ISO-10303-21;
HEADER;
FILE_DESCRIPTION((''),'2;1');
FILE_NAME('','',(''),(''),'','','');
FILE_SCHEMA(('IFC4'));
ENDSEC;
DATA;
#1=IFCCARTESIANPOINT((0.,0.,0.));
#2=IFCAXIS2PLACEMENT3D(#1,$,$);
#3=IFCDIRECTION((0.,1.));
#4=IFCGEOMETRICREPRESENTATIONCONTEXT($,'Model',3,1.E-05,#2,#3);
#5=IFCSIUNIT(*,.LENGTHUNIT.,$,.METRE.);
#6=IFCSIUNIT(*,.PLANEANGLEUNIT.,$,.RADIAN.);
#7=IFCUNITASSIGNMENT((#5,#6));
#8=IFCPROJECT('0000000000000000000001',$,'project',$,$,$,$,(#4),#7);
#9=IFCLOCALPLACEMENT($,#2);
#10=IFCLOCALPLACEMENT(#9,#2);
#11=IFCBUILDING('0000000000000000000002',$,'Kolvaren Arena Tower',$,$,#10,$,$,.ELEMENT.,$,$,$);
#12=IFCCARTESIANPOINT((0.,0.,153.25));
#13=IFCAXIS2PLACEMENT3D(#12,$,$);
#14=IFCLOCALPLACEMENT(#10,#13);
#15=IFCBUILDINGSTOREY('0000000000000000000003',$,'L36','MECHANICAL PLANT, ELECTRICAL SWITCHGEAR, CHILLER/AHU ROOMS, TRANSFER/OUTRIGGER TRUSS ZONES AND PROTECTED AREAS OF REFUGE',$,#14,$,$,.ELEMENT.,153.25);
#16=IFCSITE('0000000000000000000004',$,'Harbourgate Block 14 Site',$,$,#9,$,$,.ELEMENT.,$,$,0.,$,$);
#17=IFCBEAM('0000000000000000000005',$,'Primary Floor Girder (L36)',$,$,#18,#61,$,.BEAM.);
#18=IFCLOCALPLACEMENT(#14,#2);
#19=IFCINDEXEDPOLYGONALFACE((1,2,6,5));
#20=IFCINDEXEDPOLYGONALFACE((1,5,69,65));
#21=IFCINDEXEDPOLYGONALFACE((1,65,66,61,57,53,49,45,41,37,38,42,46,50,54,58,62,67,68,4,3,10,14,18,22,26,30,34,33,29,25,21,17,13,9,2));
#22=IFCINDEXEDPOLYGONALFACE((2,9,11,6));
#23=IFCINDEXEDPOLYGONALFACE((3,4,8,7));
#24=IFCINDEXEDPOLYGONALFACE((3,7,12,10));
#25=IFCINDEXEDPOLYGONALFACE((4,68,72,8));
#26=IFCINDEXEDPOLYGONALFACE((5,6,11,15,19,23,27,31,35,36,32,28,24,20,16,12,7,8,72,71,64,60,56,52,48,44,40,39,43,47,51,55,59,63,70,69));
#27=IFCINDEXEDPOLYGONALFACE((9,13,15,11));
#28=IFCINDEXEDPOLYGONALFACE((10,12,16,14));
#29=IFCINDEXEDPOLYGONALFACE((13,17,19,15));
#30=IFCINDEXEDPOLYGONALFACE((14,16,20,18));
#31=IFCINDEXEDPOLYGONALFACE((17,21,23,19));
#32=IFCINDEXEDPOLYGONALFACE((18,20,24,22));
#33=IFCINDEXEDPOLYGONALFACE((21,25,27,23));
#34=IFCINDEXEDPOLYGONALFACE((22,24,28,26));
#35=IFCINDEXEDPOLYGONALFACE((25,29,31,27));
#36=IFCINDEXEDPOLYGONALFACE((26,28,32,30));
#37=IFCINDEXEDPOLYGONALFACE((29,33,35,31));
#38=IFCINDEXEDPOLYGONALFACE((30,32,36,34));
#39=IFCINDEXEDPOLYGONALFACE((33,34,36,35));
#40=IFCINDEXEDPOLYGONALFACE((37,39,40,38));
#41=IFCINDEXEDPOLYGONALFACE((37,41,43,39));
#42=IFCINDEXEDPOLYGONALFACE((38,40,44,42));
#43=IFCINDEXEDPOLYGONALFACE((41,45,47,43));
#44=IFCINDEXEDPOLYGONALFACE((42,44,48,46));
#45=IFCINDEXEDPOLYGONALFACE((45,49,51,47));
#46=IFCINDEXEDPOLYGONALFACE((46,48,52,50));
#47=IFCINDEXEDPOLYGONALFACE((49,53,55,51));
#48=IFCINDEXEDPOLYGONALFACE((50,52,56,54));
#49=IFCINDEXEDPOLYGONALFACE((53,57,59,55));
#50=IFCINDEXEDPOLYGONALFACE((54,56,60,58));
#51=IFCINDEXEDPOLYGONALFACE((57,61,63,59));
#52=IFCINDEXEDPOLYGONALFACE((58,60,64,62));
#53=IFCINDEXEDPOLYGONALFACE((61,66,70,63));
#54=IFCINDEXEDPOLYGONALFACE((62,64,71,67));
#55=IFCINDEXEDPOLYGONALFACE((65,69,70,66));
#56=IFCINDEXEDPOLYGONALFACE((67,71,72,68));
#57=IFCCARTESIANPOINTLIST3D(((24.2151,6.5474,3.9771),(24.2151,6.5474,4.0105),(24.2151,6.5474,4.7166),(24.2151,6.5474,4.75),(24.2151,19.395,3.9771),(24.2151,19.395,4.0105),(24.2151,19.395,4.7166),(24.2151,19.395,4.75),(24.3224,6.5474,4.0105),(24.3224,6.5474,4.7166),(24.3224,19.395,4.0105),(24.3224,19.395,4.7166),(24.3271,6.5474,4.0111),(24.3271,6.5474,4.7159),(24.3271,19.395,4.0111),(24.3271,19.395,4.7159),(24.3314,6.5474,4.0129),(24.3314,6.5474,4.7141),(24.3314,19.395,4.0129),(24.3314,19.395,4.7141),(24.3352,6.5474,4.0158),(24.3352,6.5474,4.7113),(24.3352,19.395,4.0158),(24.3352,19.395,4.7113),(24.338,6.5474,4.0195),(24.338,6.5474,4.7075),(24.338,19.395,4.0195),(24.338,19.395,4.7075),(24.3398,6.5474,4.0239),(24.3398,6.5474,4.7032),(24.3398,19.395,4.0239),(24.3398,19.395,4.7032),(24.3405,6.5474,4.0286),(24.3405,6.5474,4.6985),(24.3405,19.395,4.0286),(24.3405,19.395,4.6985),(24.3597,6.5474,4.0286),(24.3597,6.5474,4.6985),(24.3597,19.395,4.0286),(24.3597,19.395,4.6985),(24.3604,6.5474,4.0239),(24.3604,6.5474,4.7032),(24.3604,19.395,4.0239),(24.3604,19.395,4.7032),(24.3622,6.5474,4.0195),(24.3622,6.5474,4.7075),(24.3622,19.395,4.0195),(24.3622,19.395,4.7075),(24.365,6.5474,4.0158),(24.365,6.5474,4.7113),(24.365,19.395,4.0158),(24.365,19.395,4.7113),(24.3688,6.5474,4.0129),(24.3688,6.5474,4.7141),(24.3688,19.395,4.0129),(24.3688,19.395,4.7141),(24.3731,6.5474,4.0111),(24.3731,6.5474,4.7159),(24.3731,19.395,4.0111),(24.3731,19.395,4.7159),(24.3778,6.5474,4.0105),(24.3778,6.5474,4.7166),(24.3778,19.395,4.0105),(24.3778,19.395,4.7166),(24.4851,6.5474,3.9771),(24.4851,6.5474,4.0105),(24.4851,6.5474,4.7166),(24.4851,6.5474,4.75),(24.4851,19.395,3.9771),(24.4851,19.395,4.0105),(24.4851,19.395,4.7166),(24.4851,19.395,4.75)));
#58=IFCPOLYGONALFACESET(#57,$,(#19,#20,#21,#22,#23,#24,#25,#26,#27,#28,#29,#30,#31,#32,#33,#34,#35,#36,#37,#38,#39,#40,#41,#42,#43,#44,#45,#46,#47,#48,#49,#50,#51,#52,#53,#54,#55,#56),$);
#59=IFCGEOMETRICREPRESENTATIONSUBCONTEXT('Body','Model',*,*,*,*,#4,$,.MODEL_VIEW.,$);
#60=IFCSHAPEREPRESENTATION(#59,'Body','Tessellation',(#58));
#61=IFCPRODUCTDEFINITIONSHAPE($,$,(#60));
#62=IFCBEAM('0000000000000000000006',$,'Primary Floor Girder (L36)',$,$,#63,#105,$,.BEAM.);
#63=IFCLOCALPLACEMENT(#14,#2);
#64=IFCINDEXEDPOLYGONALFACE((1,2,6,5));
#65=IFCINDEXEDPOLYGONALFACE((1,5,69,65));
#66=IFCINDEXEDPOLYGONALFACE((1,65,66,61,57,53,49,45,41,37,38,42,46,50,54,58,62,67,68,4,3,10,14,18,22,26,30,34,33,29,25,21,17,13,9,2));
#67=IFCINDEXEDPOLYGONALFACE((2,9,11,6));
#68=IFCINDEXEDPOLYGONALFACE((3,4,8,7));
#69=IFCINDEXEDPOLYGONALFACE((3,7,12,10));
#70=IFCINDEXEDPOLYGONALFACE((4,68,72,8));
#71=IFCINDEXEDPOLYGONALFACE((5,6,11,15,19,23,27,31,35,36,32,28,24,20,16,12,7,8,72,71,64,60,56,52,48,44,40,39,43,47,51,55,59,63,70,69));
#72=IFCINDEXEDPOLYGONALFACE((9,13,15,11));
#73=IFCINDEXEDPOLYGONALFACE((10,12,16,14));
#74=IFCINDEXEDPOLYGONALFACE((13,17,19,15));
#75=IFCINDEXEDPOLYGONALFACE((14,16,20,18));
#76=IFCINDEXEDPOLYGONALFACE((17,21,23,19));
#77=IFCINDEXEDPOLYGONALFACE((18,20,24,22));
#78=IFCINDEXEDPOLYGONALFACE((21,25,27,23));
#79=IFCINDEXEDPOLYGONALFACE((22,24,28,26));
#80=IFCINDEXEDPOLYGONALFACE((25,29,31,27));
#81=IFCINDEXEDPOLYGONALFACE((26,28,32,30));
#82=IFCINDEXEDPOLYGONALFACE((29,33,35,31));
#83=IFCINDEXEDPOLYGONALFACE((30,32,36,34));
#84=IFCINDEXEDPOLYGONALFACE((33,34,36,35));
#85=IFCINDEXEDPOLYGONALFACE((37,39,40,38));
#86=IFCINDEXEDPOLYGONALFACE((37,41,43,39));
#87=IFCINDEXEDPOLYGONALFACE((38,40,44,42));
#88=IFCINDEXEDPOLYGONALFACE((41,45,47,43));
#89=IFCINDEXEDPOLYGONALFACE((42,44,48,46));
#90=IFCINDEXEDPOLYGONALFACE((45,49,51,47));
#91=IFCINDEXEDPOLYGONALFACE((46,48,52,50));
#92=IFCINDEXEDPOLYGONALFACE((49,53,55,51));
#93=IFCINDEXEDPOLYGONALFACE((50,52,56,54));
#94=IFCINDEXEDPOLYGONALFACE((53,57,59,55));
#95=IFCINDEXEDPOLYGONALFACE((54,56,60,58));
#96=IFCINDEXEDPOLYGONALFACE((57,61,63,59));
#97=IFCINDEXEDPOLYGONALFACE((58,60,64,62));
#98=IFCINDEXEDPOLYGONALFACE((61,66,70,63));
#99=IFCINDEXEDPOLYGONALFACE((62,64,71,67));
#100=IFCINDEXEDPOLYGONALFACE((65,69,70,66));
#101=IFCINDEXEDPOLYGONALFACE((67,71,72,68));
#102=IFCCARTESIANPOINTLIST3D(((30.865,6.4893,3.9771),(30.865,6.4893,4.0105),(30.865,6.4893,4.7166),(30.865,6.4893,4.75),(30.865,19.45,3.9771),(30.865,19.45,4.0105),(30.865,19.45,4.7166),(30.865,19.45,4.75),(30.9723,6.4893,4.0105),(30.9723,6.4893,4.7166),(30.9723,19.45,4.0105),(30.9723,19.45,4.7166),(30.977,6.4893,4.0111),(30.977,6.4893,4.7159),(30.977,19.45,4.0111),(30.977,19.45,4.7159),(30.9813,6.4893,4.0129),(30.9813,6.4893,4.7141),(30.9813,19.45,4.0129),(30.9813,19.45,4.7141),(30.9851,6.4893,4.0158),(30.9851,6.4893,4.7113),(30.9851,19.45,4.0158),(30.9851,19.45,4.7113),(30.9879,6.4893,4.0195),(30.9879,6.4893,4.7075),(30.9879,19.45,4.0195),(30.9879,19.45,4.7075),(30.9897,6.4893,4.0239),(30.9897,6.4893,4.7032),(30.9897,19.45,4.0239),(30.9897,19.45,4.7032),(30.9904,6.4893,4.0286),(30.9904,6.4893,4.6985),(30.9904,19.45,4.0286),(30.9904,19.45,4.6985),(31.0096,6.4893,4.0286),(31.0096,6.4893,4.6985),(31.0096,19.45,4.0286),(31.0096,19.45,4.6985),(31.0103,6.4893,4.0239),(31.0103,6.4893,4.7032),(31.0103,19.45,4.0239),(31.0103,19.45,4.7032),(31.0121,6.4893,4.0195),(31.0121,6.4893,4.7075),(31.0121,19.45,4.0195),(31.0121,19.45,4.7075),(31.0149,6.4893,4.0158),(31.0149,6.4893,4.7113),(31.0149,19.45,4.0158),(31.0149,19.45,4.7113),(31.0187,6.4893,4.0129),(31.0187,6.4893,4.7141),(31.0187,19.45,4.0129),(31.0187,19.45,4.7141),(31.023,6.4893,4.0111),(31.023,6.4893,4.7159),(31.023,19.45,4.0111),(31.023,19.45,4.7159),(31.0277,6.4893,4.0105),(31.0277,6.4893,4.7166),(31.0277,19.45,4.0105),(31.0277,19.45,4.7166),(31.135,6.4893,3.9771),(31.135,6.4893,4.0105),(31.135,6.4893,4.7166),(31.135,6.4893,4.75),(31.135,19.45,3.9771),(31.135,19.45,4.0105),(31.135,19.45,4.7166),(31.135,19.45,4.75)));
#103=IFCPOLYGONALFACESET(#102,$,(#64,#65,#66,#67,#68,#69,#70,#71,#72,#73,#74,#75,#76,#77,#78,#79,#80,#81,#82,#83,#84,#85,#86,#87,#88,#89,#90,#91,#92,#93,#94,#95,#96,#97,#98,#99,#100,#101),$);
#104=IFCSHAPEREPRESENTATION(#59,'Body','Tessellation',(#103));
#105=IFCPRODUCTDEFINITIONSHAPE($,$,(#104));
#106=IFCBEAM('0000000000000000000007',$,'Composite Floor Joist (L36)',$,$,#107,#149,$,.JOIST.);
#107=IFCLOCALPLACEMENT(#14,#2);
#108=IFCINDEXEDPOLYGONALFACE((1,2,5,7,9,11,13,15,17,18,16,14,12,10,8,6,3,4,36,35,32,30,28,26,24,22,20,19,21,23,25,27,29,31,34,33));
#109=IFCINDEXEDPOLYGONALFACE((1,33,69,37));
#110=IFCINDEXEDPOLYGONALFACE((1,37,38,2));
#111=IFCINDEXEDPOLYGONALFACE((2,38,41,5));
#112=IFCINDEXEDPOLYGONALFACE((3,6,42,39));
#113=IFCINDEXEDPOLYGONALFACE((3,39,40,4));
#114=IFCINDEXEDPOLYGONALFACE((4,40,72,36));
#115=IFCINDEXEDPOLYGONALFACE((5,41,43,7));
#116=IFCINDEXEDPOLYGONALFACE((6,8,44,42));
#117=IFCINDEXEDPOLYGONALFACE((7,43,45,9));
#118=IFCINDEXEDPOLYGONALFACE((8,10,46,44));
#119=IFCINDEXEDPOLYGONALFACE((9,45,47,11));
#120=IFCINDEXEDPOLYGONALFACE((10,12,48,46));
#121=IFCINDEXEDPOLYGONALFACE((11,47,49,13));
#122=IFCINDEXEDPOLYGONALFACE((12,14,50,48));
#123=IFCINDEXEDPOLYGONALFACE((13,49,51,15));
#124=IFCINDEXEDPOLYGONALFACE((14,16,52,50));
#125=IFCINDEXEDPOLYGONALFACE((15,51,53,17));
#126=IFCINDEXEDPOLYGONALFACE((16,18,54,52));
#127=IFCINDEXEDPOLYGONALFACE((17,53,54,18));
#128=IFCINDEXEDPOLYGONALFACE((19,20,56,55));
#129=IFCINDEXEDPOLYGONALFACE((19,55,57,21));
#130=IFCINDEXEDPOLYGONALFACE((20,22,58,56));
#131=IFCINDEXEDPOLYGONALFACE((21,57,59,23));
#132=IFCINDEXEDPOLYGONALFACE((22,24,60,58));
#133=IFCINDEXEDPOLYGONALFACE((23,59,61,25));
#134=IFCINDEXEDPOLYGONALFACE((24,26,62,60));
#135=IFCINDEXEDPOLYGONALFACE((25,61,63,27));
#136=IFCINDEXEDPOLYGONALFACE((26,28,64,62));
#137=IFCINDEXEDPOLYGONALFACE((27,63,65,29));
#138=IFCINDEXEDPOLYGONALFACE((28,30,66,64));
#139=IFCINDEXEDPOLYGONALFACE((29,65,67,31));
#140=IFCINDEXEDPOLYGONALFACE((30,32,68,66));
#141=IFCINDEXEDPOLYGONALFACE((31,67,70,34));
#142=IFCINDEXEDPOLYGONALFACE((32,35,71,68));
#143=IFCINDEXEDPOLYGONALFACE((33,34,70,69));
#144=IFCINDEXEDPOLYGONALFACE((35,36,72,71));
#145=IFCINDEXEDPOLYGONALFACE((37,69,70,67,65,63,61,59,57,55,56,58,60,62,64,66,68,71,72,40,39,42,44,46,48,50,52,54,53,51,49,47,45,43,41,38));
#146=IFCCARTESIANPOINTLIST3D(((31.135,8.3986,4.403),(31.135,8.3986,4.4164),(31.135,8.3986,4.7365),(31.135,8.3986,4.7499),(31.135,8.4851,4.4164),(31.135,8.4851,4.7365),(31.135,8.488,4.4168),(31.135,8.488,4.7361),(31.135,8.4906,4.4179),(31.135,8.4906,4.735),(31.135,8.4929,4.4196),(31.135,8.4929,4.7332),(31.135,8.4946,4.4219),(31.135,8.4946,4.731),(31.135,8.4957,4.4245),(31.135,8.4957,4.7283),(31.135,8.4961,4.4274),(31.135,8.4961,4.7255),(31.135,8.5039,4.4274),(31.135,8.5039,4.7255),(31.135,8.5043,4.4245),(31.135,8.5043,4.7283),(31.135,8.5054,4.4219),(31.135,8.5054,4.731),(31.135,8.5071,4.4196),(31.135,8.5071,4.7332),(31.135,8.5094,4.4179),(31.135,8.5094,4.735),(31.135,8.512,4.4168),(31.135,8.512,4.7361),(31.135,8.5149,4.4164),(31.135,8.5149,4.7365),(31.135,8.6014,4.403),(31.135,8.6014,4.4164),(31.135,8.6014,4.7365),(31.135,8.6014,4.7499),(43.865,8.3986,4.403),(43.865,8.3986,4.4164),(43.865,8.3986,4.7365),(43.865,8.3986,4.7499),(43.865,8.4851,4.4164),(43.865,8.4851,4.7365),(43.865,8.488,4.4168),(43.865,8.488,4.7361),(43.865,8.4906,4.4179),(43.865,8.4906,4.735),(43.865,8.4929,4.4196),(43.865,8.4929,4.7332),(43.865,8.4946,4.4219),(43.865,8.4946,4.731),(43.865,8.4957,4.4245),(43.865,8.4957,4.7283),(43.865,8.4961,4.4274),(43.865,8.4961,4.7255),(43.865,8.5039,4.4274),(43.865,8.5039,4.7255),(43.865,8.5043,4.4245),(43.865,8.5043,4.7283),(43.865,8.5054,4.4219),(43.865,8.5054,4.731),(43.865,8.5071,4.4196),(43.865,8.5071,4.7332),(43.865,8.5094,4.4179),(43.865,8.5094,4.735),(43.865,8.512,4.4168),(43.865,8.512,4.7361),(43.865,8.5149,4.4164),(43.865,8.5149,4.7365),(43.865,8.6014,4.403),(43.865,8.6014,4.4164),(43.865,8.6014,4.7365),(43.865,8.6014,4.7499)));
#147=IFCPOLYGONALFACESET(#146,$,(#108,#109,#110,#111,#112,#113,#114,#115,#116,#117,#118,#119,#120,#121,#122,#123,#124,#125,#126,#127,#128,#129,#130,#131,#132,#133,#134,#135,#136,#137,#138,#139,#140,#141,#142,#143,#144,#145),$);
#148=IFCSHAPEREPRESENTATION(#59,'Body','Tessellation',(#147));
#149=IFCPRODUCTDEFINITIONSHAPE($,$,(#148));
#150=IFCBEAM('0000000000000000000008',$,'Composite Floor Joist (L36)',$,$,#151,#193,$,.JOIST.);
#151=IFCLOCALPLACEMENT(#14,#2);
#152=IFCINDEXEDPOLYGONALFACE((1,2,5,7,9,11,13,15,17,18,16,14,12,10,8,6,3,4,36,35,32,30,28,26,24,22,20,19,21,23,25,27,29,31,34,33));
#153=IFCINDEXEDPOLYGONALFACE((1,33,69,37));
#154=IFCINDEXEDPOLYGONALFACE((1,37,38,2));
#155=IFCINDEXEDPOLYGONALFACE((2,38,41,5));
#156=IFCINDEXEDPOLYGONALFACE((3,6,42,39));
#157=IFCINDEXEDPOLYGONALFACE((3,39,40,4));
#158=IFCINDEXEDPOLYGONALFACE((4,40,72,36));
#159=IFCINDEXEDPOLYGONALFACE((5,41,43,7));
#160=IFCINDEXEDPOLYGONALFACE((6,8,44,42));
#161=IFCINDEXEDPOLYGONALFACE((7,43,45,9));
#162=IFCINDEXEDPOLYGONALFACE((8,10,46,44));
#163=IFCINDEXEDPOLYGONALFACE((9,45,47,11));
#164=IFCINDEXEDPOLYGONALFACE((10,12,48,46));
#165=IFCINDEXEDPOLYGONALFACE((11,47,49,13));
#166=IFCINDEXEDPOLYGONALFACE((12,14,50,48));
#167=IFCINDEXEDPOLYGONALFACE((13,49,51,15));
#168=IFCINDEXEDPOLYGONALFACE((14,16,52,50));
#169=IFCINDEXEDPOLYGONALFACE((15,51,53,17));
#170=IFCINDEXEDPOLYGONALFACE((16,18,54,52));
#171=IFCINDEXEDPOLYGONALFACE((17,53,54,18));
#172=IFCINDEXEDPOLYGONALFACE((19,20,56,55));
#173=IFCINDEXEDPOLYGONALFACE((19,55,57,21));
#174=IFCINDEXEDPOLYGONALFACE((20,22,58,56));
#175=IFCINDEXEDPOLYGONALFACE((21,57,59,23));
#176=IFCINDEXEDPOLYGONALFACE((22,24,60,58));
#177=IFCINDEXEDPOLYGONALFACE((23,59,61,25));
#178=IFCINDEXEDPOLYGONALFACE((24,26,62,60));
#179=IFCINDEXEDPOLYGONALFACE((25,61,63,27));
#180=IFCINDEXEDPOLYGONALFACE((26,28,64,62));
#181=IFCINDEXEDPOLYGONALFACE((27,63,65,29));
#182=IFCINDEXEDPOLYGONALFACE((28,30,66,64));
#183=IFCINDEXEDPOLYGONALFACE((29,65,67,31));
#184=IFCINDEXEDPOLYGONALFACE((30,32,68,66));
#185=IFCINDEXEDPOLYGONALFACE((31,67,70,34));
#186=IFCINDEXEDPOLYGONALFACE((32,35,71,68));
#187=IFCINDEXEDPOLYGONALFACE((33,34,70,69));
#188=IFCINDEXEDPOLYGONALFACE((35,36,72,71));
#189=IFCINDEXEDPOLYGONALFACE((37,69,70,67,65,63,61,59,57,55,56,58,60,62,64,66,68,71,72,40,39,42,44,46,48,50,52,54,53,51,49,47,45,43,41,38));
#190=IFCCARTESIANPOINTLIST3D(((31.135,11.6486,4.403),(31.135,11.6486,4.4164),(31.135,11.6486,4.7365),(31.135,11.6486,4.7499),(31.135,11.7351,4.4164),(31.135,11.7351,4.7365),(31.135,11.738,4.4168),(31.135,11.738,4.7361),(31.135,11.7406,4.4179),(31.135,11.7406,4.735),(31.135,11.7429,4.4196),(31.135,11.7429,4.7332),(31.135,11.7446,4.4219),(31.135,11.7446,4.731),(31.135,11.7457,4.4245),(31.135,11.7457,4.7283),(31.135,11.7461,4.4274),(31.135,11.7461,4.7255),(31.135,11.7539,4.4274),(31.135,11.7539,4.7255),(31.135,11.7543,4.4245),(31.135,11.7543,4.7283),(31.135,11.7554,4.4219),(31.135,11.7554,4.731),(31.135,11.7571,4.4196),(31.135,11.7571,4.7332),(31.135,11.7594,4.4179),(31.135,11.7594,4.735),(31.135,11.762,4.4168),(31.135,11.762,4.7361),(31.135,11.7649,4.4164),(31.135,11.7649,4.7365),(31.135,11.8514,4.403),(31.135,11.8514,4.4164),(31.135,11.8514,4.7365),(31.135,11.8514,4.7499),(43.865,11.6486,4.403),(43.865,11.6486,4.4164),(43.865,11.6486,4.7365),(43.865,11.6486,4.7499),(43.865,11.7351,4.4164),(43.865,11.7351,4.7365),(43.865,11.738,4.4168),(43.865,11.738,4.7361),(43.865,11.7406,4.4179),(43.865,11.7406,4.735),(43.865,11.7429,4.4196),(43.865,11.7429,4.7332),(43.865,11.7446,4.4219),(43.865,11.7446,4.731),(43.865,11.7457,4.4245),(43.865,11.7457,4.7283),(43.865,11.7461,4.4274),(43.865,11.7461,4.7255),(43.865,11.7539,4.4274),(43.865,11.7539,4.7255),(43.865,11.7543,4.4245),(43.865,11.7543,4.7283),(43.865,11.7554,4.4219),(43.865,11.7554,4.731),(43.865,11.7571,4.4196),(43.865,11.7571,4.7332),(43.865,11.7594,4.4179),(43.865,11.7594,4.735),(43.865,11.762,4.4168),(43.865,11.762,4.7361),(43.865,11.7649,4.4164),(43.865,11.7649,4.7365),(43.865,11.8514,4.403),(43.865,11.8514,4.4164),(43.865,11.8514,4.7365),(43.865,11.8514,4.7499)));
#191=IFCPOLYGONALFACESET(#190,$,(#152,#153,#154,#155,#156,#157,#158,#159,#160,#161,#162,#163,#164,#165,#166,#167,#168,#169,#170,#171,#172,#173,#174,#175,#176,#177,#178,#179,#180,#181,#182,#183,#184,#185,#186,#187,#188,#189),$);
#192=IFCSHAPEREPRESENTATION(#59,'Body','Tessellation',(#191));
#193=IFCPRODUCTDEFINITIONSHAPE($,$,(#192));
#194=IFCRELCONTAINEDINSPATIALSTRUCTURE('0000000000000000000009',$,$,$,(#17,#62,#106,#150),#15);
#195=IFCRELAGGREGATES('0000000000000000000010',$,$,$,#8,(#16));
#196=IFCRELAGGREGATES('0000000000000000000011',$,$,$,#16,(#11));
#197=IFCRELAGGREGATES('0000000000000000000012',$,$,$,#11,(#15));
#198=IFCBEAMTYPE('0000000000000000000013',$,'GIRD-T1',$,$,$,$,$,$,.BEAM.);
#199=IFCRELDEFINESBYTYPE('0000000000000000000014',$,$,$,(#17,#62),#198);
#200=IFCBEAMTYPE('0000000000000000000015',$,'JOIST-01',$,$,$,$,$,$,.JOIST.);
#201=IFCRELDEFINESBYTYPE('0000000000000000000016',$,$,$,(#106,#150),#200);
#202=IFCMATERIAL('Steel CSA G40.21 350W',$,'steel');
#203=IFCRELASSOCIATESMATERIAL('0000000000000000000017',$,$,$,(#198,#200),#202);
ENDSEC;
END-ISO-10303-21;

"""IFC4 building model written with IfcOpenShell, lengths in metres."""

from ifc_helpers import new_model, si_unit, direction, frame, origin, origin_2d, place, context, subcontext, project, spatial, i_section, extrude, material, material_profile, profile_set, type_object, element, save


model = new_model("IFC4")

# Units and contexts
model_context = context("Model", 3, precision=1e-05, world=origin(), true_north=direction((0.0, 1.0)))
body_context = subcontext(model_context, "Body", "Model", "MODEL_VIEW")
ifc_project = project(units=[si_unit("LENGTHUNIT", "METRE"), si_unit("PLANEANGLEUNIT", "RADIAN")], contexts=[model_context])

# Site, building, storey
site_placement = place(None, origin())
site = spatial("IfcSite", under=ifc_project, at=site_placement, Name="Harbourgate Block 14 Site", CompositionType="ELEMENT", RefElevation=0.0)
building_placement = place(site_placement, origin())
building = spatial("IfcBuilding", under=site, at=building_placement, Name="Kolvaren Arena Tower", CompositionType="ELEMENT")
storey_placement = place(building_placement, frame((0.0, 0.0, 153.25)))
storey = spatial("IfcBuildingStorey", under=building, at=storey_placement, Name="L36", Description="MECHANICAL PLANT, ELECTRICAL SWITCHGEAR, CHILLER/AHU ROOMS, TRANSFER/OUTRIGGER TRUSS ZONES AND PROTECTED AREAS OF REFUGE", CompositionType="ELEMENT", Elevation=153.25)

# Shared definitions
ifc_material_1 = material(Name="Steel CSA G40.21 350W", Category="steel")

# Beams
ifc_material_profile_1 = material_profile(ifc_material_1, i_section(OverallWidth=0.27, OverallDepth=0.7729, WebThickness=0.0193, FlangeThickness=0.0334, FilletRadius=0.0181, at=origin_2d()), Name="W760x257")
ifc_profile_set_1 = profile_set([ifc_material_profile_1], Name="Steel CSA G40.21 350W")
beam_type_1 = type_object("IfcBeamType", Name="GIRD-T1", PredefinedType="BEAM", material=ifc_profile_set_1)
beam_1_placement = place(storey_placement, frame((24.3501, 6.5474, 4.3635), z_axis=(0.0, 1.0, 0.0), x_axis=(-1.0, 0.0, 0.0)))
element("IfcBeam", 1, at=beam_1_placement, inside=storey, type_object=beam_type_1, Name="Primary Floor Girder (L36)", PredefinedType="BEAM", context=body_context, shape_type="SweptSolid", body=[
    extrude(i_section(OverallWidth=0.27, OverallDepth=0.7729, WebThickness=0.0193, FlangeThickness=0.0334, FilletRadius=0.0181, at=origin_2d()), origin(), (0.0, 0.0, 1.0), 12.8477),
])
beam_2_placement = place(storey_placement, frame((31.0, 6.4893, 4.3635), z_axis=(0.0, 1.0, 0.0), x_axis=(-1.0, 0.0, 0.0)))
element("IfcBeam", 2, at=beam_2_placement, inside=storey, type_object=beam_type_1, Name="Primary Floor Girder (L36)", PredefinedType="BEAM", context=body_context, shape_type="SweptSolid", body=[
    extrude(i_section(OverallWidth=0.27, OverallDepth=0.7729, WebThickness=0.0193, FlangeThickness=0.0334, FilletRadius=0.0181, at=origin_2d()), origin(), (0.0, 0.0, 1.0), 12.9607),
])
ifc_material_profile_2 = material_profile(ifc_material_1, i_section(OverallWidth=0.2029, OverallDepth=0.3469, WebThickness=0.0078, FlangeThickness=0.0134, FilletRadius=0.011, at=origin_2d()), Name="W360x64")
ifc_profile_set_2 = profile_set([ifc_material_profile_2], Name="Steel CSA G40.21 350W")
beam_type_2 = type_object("IfcBeamType", Name="JOIST-01", PredefinedType="JOIST", material=ifc_profile_set_2)
for number, where, z_axis, x_axis, name in (
    (3, (31.135, 8.5, 4.5764), (1.0, 0.0, 0.0), (0.0, 1.0, 0.0), "Composite Floor Joist (L36)"),
    (4, (31.135, 11.75, 4.5764), (1.0, 0.0, 0.0), (0.0, 1.0, 0.0), "Composite Floor Joist (L36)"),
):
    element("IfcBeam", number, at=place(storey_placement, frame(where, z_axis=z_axis, x_axis=x_axis)), inside=storey, type_object=beam_type_2, Name=name, PredefinedType="JOIST", context=body_context, shape_type="SweptSolid", body=[
        extrude(i_section(OverallWidth=0.2029, OverallDepth=0.3469, WebThickness=0.0078, FlangeThickness=0.0134, FilletRadius=0.011, at=origin_2d()), origin(), (0.0, 0.0, 1.0), 12.73),
    ])

save(model, "model.ifc")
